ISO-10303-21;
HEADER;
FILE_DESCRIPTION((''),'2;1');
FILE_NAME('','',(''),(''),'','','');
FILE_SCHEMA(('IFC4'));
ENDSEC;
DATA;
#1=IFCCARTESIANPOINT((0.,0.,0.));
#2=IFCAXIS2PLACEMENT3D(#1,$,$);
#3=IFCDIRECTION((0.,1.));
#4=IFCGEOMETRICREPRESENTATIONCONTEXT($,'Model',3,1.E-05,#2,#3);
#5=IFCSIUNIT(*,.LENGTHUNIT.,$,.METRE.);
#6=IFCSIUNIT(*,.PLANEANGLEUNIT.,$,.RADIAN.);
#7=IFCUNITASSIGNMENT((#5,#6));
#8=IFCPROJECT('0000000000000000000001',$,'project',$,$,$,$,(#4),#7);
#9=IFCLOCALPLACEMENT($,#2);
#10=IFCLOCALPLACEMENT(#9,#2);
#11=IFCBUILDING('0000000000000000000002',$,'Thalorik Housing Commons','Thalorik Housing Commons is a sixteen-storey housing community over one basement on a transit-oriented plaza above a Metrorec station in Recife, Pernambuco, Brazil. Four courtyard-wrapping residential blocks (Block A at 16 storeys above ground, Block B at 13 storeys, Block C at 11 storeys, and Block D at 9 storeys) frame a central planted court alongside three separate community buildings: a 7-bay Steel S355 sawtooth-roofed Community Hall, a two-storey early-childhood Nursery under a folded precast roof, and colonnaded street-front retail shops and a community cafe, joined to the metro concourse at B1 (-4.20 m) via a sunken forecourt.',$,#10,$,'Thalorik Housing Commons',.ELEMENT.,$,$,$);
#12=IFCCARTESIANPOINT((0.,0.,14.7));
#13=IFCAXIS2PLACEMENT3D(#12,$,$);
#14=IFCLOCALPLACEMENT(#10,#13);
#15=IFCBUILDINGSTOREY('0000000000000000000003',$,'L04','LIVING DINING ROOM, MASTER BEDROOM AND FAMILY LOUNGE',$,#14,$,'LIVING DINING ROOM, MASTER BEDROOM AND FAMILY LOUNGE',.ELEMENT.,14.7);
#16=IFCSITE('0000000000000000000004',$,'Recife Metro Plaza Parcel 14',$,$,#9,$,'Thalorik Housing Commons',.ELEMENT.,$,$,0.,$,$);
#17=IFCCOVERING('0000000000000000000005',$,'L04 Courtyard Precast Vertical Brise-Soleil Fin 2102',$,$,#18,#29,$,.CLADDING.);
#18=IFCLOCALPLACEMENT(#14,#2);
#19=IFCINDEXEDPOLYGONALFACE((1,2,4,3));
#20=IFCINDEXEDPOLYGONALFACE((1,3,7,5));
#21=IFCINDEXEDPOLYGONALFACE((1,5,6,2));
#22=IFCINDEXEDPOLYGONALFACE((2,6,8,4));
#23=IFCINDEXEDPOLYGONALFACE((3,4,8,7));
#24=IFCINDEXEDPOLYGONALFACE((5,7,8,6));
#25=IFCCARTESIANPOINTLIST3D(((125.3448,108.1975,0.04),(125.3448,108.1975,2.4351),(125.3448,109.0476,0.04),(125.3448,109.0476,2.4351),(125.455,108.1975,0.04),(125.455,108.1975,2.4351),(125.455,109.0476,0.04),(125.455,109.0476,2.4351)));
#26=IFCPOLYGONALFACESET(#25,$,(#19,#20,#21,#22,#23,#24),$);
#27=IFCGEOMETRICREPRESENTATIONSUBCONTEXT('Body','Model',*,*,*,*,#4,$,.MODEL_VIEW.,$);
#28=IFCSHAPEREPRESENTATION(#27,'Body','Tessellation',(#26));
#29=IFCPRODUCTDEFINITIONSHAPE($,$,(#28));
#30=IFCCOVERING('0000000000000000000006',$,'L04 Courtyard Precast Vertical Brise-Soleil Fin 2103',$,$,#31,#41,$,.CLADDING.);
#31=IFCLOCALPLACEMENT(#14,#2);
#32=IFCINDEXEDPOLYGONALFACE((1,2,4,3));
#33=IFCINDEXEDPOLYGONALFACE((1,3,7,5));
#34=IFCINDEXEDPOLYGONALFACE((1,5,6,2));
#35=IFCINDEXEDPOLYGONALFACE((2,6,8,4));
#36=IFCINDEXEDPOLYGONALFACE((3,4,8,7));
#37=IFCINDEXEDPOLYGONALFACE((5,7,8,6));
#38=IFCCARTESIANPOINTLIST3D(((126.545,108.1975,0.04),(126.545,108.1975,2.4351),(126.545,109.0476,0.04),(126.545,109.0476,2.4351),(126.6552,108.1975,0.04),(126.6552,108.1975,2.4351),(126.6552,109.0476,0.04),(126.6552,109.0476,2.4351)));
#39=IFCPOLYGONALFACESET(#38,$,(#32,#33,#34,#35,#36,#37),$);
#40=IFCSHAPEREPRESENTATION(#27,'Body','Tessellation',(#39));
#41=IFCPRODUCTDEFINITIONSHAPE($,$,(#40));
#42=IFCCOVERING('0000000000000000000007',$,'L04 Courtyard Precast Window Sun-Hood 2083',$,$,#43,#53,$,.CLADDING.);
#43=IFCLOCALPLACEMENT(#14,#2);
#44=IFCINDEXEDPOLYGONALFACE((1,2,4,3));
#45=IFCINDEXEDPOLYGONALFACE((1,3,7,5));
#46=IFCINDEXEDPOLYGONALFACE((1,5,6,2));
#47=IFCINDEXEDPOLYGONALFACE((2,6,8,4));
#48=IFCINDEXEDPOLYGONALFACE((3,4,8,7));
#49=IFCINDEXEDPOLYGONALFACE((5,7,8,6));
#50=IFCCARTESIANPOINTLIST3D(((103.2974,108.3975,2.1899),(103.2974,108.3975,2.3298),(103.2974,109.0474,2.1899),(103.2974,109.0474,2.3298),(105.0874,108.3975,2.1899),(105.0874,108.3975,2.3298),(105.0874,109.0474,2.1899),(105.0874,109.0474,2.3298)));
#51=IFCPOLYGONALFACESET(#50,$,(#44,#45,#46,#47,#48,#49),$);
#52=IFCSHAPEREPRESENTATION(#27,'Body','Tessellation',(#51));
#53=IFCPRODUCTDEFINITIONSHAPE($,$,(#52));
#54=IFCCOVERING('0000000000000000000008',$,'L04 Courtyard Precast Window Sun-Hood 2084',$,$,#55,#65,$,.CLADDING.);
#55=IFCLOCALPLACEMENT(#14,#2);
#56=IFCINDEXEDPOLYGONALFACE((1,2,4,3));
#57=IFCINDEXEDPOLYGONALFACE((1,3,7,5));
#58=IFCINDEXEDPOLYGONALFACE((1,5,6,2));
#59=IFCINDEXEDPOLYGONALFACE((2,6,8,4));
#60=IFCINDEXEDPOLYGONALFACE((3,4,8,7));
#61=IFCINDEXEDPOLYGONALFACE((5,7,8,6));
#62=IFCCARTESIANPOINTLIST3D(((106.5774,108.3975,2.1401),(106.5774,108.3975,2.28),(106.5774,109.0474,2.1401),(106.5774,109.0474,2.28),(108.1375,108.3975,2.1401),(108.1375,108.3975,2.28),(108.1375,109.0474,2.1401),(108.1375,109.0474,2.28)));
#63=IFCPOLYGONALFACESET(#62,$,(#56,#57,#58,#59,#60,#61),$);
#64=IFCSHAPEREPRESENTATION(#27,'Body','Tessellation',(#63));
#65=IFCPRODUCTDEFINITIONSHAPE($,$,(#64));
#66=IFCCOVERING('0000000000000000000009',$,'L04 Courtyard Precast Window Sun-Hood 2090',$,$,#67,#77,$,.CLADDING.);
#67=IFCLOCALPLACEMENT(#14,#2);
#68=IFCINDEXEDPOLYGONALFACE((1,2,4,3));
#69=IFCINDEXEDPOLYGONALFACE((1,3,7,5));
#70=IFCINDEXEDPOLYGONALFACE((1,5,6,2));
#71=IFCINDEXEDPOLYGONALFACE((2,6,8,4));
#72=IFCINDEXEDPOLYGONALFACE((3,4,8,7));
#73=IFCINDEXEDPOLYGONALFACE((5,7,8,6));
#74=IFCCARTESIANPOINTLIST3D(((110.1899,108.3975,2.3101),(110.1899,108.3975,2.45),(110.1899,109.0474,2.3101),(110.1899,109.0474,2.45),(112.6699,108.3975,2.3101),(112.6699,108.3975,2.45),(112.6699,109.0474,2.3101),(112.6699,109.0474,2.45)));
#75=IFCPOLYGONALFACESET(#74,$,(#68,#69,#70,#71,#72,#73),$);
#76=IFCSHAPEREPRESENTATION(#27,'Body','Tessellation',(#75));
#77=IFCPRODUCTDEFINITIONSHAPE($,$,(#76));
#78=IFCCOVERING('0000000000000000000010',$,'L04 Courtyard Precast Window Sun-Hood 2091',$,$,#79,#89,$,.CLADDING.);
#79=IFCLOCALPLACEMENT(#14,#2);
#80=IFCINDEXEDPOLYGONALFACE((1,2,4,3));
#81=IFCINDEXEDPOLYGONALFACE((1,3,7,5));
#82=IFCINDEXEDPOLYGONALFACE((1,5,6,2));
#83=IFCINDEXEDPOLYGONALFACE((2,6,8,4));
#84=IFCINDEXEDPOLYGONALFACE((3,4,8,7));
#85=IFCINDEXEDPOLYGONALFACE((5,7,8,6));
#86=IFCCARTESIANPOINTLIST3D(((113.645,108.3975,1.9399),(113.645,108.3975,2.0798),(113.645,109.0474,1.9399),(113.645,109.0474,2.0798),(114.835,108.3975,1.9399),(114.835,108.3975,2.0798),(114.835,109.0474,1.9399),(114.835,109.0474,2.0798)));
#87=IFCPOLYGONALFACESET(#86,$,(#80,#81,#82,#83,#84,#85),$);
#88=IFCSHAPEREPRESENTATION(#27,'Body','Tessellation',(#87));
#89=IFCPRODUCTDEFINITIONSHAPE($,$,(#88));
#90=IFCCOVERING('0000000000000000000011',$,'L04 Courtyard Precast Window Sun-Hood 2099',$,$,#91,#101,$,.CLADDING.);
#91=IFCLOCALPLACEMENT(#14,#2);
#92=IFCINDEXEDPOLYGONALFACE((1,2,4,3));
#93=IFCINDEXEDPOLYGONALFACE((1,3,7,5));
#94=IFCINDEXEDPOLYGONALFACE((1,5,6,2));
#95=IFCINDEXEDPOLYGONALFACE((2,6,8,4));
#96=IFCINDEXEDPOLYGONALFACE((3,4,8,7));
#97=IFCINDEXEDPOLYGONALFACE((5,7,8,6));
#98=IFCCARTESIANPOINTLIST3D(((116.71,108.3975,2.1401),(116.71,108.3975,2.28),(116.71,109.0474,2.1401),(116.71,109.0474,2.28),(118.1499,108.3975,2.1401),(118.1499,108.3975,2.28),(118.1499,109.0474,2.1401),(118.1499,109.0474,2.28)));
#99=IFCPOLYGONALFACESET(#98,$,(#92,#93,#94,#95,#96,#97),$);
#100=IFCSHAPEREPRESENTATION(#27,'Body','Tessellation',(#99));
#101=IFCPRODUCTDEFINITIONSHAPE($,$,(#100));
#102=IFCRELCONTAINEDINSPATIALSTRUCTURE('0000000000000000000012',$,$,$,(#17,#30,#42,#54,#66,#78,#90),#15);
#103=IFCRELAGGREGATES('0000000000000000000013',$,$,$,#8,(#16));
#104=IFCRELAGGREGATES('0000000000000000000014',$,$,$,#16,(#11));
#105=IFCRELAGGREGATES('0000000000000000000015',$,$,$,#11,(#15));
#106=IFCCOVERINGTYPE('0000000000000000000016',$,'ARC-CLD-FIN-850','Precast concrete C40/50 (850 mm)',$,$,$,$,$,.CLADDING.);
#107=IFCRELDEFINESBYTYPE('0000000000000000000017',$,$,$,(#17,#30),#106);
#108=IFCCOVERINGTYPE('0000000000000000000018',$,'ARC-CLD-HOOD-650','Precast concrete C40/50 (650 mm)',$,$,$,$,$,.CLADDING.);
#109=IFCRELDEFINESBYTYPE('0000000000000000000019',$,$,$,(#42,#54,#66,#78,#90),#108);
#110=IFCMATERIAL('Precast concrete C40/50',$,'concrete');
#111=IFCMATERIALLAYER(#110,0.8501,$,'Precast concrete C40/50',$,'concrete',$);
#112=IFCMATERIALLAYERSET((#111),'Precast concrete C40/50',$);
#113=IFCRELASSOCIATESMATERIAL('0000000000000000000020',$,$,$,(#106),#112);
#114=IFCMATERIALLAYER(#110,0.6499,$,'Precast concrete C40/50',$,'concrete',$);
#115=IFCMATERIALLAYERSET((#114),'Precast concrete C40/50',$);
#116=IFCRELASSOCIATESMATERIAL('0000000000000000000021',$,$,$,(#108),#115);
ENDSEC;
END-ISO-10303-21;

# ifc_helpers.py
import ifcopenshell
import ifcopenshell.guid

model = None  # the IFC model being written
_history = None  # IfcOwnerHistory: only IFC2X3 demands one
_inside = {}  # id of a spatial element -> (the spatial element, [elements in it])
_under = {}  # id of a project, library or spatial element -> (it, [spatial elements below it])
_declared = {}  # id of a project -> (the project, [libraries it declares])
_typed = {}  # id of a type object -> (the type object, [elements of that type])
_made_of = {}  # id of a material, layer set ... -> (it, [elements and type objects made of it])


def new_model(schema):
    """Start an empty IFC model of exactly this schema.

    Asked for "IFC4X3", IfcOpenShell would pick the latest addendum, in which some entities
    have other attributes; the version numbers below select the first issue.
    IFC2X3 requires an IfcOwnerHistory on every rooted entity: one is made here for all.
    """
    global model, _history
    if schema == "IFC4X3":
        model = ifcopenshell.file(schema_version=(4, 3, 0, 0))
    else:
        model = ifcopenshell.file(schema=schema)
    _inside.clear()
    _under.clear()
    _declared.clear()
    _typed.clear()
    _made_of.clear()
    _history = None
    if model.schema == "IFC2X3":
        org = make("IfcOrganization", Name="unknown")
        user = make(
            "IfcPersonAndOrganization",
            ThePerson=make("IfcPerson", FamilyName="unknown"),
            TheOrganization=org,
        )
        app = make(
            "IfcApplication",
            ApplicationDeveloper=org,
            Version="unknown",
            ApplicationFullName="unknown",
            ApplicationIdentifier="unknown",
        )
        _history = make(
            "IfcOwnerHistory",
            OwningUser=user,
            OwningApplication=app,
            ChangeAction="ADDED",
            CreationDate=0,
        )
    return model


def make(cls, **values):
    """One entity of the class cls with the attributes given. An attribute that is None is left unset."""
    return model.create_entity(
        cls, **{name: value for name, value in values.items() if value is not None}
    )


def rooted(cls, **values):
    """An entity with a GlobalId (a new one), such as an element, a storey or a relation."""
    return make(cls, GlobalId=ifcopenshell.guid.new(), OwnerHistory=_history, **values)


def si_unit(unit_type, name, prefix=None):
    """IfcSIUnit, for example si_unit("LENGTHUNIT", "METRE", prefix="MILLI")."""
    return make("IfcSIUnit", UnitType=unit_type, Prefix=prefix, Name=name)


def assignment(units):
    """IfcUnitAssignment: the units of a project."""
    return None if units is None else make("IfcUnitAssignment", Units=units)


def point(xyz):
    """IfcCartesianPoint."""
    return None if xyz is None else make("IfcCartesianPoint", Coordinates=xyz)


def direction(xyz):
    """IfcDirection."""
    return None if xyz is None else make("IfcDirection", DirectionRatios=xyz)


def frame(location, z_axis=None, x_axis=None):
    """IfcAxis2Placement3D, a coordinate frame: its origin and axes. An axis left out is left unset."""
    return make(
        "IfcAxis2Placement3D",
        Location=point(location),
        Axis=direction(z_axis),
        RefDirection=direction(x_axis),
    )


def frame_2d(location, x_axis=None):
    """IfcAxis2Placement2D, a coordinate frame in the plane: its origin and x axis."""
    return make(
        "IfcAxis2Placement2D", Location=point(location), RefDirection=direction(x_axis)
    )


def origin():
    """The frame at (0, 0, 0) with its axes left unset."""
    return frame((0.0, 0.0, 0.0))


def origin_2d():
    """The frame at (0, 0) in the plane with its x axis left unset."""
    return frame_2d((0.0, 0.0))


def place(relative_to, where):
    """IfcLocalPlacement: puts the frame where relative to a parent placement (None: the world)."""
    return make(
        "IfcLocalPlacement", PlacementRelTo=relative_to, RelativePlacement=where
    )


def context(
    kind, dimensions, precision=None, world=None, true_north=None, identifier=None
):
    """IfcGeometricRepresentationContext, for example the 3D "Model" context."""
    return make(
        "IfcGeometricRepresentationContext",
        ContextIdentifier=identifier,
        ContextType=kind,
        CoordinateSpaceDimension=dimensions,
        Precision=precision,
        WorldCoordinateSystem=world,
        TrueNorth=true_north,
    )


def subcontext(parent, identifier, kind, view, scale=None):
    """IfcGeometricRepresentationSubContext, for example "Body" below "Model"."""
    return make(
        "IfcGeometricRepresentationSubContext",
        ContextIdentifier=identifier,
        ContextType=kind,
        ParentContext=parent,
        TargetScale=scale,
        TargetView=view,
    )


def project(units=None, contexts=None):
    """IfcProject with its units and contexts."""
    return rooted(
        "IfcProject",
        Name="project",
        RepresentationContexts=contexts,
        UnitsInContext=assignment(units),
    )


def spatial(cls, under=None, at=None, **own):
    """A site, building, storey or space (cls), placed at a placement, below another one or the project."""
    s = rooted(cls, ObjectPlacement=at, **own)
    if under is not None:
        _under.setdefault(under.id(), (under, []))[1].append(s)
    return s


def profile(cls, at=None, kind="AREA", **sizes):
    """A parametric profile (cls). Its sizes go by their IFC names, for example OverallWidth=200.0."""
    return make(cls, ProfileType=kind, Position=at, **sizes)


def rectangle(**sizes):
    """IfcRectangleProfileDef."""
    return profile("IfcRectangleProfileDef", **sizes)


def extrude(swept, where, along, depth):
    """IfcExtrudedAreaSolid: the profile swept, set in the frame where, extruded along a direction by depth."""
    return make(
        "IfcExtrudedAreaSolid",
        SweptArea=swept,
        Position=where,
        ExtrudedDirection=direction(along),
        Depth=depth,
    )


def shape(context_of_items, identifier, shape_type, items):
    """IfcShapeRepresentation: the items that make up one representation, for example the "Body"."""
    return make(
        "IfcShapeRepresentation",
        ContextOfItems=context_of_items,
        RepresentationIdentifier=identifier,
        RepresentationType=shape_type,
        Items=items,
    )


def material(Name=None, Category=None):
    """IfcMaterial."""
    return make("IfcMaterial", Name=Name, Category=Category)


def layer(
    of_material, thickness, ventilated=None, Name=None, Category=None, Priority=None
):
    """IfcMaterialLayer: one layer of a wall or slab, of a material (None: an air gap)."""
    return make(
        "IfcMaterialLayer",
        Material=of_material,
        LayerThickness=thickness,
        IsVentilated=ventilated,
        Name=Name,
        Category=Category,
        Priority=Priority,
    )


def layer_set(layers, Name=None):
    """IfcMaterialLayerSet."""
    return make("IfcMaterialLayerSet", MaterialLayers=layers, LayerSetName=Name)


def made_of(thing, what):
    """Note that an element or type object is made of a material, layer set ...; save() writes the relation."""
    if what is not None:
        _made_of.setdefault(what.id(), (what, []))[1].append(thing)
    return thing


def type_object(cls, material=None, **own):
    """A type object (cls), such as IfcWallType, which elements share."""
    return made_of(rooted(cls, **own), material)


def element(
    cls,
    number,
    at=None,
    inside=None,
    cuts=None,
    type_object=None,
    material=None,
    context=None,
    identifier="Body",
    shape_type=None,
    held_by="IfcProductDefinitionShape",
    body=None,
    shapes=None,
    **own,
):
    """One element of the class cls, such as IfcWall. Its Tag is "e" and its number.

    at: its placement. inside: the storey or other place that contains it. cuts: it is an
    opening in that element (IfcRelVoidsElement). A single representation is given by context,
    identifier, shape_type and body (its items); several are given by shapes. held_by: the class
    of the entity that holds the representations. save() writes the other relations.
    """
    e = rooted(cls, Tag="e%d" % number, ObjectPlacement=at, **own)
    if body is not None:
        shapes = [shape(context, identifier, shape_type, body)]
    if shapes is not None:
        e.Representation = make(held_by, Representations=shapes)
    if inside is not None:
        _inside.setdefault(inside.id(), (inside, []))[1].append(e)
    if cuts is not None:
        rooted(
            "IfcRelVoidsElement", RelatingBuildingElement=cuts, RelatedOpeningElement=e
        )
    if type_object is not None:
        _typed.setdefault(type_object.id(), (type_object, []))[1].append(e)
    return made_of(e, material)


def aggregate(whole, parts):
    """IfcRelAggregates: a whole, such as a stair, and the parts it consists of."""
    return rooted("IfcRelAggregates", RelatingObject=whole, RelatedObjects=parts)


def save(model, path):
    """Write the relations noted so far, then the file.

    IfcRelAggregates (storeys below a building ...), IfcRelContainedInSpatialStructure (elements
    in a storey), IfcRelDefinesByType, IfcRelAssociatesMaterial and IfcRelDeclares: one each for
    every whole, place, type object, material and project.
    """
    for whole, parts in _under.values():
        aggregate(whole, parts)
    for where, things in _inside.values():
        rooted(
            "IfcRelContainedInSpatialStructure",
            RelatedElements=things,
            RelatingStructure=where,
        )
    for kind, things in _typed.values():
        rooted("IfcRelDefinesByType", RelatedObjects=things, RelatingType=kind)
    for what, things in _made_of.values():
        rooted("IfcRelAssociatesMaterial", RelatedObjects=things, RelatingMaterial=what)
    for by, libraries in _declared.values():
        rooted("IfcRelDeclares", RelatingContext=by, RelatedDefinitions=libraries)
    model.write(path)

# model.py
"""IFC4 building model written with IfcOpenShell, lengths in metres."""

from ifc_helpers import new_model, si_unit, direction, frame, origin, origin_2d, place, context, subcontext, project, spatial, rectangle, extrude, material, layer, layer_set, type_object, element, save


model = new_model("IFC4")

# Units and contexts
model_context = context("Model", 3, precision=1e-05, world=origin(), true_north=direction((0.0, 1.0)))
body_context = subcontext(model_context, "Body", "Model", "MODEL_VIEW")
ifc_project = project(units=[si_unit("LENGTHUNIT", "METRE"), si_unit("PLANEANGLEUNIT", "RADIAN")], contexts=[model_context])

# Site, building, storey
site_placement = place(None, origin())
site = spatial("IfcSite", under=ifc_project, at=site_placement, Name="Recife Metro Plaza Parcel 14", LongName="Thalorik Housing Commons", CompositionType="ELEMENT", RefElevation=0.0)
building_placement = place(site_placement, origin())
building = spatial("IfcBuilding", under=site, at=building_placement, Name="Thalorik Housing Commons", Description="Thalorik Housing Commons is a sixteen-storey housing community over one basement on a transit-oriented plaza above a Metrorec station in Recife, Pernambuco, Brazil. Four courtyard-wrapping residential blocks (Block A at 16 storeys above ground, Block B at 13 storeys, Block C at 11 storeys, and Block D at 9 storeys) frame a central planted court alongside three separate community buildings: a 7-bay Steel S355 sawtooth-roofed Community Hall, a two-storey early-childhood Nursery under a folded precast roof, and colonnaded street-front retail shops and a community cafe, joined to the metro concourse at B1 (-4.20 m) via a sunken forecourt.", LongName="Thalorik Housing Commons", CompositionType="ELEMENT")
storey_placement = place(building_placement, frame((0.0, 0.0, 14.7)))
storey = spatial("IfcBuildingStorey", under=building, at=storey_placement, Name="L04", Description="LIVING DINING ROOM, MASTER BEDROOM AND FAMILY LOUNGE", LongName="LIVING DINING ROOM, MASTER BEDROOM AND FAMILY LOUNGE", CompositionType="ELEMENT", Elevation=14.7)

# Coverings
ifc_material = material(Name="Precast concrete C40/50", Category="concrete")
ifc_layer_1 = layer(ifc_material, 0.8501, Name="Precast concrete C40/50", Category="concrete")
ifc_layer_set_1 = layer_set([ifc_layer_1], Name="Precast concrete C40/50")
covering_type_1 = type_object("IfcCoveringType", Name="ARC-CLD-FIN-850", Description="Precast concrete C40/50 (850 mm)", PredefinedType="CLADDING", material=ifc_layer_set_1)
for number, where, z_axis, x_axis, name in (
    (1, (125.3999, 108.6226, 0.04), (0.0, 0.0, 1.0), (1.0, 0.0, 0.0), "L04 Courtyard Precast Vertical Brise-Soleil Fin 2102"),
    (2, (126.6001, 108.6226, 0.04), (0.0, 0.0, 1.0), (1.0, 0.0, 0.0), "L04 Courtyard Precast Vertical Brise-Soleil Fin 2103"),
):
    element("IfcCovering", number, at=place(storey_placement, frame(where, z_axis=z_axis, x_axis=x_axis)), inside=storey, type_object=covering_type_1, Name=name, PredefinedType="CLADDING", context=body_context, shape_type="SweptSolid", body=[
        extrude(rectangle(XDim=0.1101, YDim=0.8501, at=origin_2d()), origin(), (0.0, 0.0, 1.0), 2.395),
    ])
ifc_layer_2 = layer(ifc_material, 0.6499, Name="Precast concrete C40/50", Category="concrete")
ifc_layer_set_2 = layer_set([ifc_layer_2], Name="Precast concrete C40/50")
covering_type_2 = type_object("IfcCoveringType", Name="ARC-CLD-HOOD-650", Description="Precast concrete C40/50 (650 mm)", PredefinedType="CLADDING", material=ifc_layer_set_2)
covering_1_placement = place(storey_placement, frame((104.1924, 108.7224, 2.1899), z_axis=(0.0, 0.0, 1.0), x_axis=(1.0, 0.0, 0.0)))
element("IfcCovering", 3, at=covering_1_placement, inside=storey, type_object=covering_type_2, Name="L04 Courtyard Precast Window Sun-Hood 2083", PredefinedType="CLADDING", context=body_context, shape_type="SweptSolid", body=[
    extrude(rectangle(XDim=1.79, YDim=0.6499, at=origin_2d()), origin(), (0.0, 0.0, 1.0), 0.1399),
])
covering_2_placement = place(storey_placement, frame((107.3574, 108.7224, 2.1401), z_axis=(0.0, 0.0, 1.0), x_axis=(1.0, 0.0, 0.0)))
element("IfcCovering", 4, at=covering_2_placement, inside=storey, type_object=covering_type_2, Name="L04 Courtyard Precast Window Sun-Hood 2084", PredefinedType="CLADDING", context=body_context, shape_type="SweptSolid", body=[
    extrude(rectangle(XDim=1.5601, YDim=0.6499, at=origin_2d()), origin(), (0.0, 0.0, 1.0), 0.1399),
])
covering_3_placement = place(storey_placement, frame((111.4299, 108.7224, 2.3101), z_axis=(0.0, 0.0, 1.0), x_axis=(1.0, 0.0, 0.0)))
element("IfcCovering", 5, at=covering_3_placement, inside=storey, type_object=covering_type_2, Name="L04 Courtyard Precast Window Sun-Hood 2090", PredefinedType="CLADDING", context=body_context, shape_type="SweptSolid", body=[
    extrude(rectangle(XDim=2.48, YDim=0.6499, at=origin_2d()), origin(), (0.0, 0.0, 1.0), 0.1399),
])
covering_4_placement = place(storey_placement, frame((114.24, 108.7224, 1.9399), z_axis=(0.0, 0.0, 1.0), x_axis=(1.0, 0.0, 0.0)))
element("IfcCovering", 6, at=covering_4_placement, inside=storey, type_object=covering_type_2, Name="L04 Courtyard Precast Window Sun-Hood 2091", PredefinedType="CLADDING", context=body_context, shape_type="SweptSolid", body=[
    extrude(rectangle(XDim=1.1899, YDim=0.6499, at=origin_2d()), origin(), (0.0, 0.0, 1.0), 0.1399),
])
covering_5_placement = place(storey_placement, frame((117.4299, 108.7224, 2.1401), z_axis=(0.0, 0.0, 1.0), x_axis=(1.0, 0.0, 0.0)))
element("IfcCovering", 7, at=covering_5_placement, inside=storey, type_object=covering_type_2, Name="L04 Courtyard Precast Window Sun-Hood 2099", PredefinedType="CLADDING", context=body_context, shape_type="SweptSolid", body=[
    extrude(rectangle(XDim=1.4399, YDim=0.6499, at=origin_2d()), origin(), (0.0, 0.0, 1.0), 0.1399),
])

save(model, "model.ifc")
